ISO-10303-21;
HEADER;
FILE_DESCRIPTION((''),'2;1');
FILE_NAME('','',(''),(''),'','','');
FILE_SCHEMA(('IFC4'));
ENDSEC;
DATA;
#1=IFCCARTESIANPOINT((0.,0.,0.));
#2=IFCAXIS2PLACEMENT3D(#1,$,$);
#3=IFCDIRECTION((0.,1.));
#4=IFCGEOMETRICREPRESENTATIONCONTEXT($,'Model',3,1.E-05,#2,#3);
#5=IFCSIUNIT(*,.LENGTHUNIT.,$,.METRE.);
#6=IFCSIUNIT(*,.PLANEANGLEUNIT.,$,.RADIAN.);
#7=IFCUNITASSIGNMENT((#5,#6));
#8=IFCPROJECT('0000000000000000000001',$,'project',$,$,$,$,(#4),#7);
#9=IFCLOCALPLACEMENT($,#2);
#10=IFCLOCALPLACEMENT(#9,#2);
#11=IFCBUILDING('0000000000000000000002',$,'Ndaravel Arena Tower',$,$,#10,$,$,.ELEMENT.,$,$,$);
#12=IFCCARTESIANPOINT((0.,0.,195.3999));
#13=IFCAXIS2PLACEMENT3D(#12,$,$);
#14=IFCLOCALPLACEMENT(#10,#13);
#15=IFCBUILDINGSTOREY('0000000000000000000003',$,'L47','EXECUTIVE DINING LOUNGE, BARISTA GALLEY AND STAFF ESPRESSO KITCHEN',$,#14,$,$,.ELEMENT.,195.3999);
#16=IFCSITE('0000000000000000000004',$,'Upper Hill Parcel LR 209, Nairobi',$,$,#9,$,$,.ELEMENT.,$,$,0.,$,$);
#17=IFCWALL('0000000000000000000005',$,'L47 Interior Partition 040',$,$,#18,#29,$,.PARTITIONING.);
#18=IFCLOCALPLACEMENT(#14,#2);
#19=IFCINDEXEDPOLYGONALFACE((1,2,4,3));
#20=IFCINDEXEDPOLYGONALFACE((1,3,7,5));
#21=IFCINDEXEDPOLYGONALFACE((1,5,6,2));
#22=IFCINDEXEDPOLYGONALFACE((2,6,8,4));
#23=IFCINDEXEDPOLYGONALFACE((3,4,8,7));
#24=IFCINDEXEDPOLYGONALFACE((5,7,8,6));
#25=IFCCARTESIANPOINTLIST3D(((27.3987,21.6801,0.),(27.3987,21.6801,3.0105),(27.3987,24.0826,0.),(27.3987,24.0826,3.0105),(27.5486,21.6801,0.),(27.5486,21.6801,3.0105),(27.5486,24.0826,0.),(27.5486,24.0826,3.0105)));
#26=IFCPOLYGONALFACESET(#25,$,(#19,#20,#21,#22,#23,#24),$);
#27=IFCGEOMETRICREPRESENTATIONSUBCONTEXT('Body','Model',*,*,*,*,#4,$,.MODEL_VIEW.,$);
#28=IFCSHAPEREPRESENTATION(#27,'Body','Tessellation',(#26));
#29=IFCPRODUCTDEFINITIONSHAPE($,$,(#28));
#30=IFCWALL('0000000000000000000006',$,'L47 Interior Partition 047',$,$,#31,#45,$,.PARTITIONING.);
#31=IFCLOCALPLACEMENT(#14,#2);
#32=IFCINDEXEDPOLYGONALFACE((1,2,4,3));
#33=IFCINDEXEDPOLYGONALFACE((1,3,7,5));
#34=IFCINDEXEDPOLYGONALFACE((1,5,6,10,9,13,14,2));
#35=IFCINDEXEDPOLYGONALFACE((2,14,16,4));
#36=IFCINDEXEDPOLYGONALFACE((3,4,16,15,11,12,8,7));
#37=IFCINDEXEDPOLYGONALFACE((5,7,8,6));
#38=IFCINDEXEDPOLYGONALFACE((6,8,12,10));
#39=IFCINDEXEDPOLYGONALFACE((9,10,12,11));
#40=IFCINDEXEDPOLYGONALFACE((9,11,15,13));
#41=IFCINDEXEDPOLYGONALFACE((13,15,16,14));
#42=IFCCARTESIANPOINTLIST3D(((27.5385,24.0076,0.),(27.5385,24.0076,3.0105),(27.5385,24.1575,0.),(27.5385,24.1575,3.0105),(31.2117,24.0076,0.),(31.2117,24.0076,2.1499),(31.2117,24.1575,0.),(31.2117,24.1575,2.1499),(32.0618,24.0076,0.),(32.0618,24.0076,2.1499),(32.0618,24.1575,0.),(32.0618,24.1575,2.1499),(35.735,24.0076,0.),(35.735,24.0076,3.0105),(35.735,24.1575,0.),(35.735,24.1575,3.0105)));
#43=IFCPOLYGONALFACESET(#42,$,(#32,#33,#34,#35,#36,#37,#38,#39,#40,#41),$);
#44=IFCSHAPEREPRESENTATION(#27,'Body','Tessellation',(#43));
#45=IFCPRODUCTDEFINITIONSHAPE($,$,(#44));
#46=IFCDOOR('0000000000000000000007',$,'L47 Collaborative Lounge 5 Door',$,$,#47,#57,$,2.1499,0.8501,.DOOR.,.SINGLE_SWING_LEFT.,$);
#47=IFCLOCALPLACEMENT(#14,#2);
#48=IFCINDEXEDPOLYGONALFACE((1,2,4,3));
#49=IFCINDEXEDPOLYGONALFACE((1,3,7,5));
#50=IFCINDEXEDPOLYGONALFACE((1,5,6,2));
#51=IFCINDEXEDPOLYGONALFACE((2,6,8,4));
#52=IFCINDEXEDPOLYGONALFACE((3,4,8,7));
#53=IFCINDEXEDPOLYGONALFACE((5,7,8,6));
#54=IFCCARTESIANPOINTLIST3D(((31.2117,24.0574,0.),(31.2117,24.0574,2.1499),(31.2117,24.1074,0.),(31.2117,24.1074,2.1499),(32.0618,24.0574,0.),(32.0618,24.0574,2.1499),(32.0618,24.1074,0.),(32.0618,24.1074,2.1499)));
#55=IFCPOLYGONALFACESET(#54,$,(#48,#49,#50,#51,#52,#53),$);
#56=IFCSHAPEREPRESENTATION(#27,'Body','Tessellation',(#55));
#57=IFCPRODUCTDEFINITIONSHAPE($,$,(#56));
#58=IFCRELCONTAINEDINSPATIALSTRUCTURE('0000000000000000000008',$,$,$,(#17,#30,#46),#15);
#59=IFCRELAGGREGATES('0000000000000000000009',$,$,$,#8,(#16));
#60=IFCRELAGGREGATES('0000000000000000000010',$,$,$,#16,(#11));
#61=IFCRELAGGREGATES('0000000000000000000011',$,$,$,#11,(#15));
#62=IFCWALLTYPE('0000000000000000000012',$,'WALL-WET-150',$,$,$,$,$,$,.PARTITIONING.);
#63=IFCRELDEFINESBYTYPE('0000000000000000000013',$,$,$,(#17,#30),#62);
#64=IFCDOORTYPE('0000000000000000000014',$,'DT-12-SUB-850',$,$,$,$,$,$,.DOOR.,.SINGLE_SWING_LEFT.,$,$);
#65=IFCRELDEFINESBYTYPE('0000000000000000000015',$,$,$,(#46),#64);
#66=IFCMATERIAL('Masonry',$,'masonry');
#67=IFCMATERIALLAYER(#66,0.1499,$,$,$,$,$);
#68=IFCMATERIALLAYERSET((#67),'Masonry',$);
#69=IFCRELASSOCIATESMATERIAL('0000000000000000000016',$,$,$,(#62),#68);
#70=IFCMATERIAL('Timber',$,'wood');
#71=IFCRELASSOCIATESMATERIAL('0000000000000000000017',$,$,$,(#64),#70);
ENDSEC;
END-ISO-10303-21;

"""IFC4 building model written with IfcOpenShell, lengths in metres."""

from ifc_helpers import new_model, si_unit, direction, frame, frame_2d, origin, place, context, subcontext, project, spatial, rectangle, extrude, material, layer, layer_set, type_object, element, fill, save


model = new_model("IFC4")

# Units and contexts
model_context = context("Model", 3, precision=1e-05, world=origin(), true_north=direction((0.0, 1.0)))
body_context = subcontext(model_context, "Body", "Model", "MODEL_VIEW")
ifc_project = project(units=[si_unit("LENGTHUNIT", "METRE"), si_unit("PLANEANGLEUNIT", "RADIAN")], contexts=[model_context])

# Site, building, storey
site_placement = place(None, origin())
site = spatial("IfcSite", under=ifc_project, at=site_placement, Name="Upper Hill Parcel LR 209, Nairobi", CompositionType="ELEMENT", RefElevation=0.0)
building_placement = place(site_placement, origin())
building = spatial("IfcBuilding", under=site, at=building_placement, Name="Ndaravel Arena Tower", CompositionType="ELEMENT")
storey_placement = place(building_placement, frame((0.0, 0.0, 195.3999)))
storey = spatial("IfcBuildingStorey", under=building, at=storey_placement, Name="L47", Description="EXECUTIVE DINING LOUNGE, BARISTA GALLEY AND STAFF ESPRESSO KITCHEN", CompositionType="ELEMENT", Elevation=195.3999)

# Wall
ifc_material_1 = material(Name="Masonry", Category="masonry")
ifc_layer_1 = layer(ifc_material_1, 0.1499)
ifc_layer_set_1 = layer_set([ifc_layer_1], Name="Masonry")
wall_type = type_object("IfcWallType", Name="WALL-WET-150", PredefinedType="PARTITIONING", material=ifc_layer_set_1)
wall_1_placement = place(storey_placement, frame((27.4736, 24.0825, 0.0), z_axis=(0.0, 0.0, 1.0), x_axis=(0.0, -1.0, 0.0)))
element("IfcWall", 1, at=wall_1_placement, inside=storey, type_object=wall_type, Name="L47 Interior Partition 040", PredefinedType="PARTITIONING", context=body_context, shape_type="SweptSolid", body=[
    extrude(rectangle(XDim=2.4026, YDim=0.1499, at=frame_2d((1.2012, 0.0))), origin(), (0.0, 0.0, 1.0), 3.0105),
])

# Wall, opening, door
wall_2_placement = place(storey_placement, frame((27.5386, 24.0825, 0.0), z_axis=(0.0, 0.0, 1.0), x_axis=(1.0, 0.0, 0.0)))
wall_2 = element("IfcWall", 2, at=wall_2_placement, inside=storey, type_object=wall_type, Name="L47 Interior Partition 047", PredefinedType="PARTITIONING", context=body_context, shape_type="SweptSolid", body=[
    extrude(rectangle(XDim=8.1965, YDim=0.1499, at=frame_2d((4.0981, 0.0))), origin(), (0.0, 0.0, 1.0), 3.0105),
])
opening_placement = place(wall_2_placement, frame((3.6731, 0.0, 0.0)))
opening = element("IfcOpeningElement", 3, at=opening_placement, cuts=wall_2, PredefinedType="OPENING", context=body_context, shape_type="SweptSolid", body=[
    extrude(rectangle(XDim=0.8501, YDim=2.1499, at=frame_2d((0.425, 1.075))), frame((0.0, 0.075, 0.0), z_axis=(0.0, -1.0, 0.0), x_axis=(1.0, 0.0, 0.0)), (0.0, 0.0, 1.0), 0.1499),
])
ifc_material_2 = material(Name="Timber", Category="wood")
door_type = type_object("IfcDoorType", Name="DT-12-SUB-850", OperationType="SINGLE_SWING_LEFT", PredefinedType="DOOR", material=ifc_material_2)
door_placement = place(opening_placement, origin())
door = element("IfcDoor", 4, at=door_placement, inside=storey, type_object=door_type, Name="L47 Collaborative Lounge 5 Door", OperationType="SINGLE_SWING_LEFT", OverallHeight=2.1499, OverallWidth=0.8501, PredefinedType="DOOR", context=body_context, shape_type="SweptSolid", body=[
    extrude(rectangle(XDim=0.8501, YDim=2.1499, at=frame_2d((0.425, 1.075))), frame((0.0, 0.0249, 0.0), z_axis=(0.0, -1.0, 0.0), x_axis=(1.0, 0.0, 0.0)), (0.0, 0.0, 1.0), 0.05),
])
fill(opening, door)

save(model, "model.ifc")
